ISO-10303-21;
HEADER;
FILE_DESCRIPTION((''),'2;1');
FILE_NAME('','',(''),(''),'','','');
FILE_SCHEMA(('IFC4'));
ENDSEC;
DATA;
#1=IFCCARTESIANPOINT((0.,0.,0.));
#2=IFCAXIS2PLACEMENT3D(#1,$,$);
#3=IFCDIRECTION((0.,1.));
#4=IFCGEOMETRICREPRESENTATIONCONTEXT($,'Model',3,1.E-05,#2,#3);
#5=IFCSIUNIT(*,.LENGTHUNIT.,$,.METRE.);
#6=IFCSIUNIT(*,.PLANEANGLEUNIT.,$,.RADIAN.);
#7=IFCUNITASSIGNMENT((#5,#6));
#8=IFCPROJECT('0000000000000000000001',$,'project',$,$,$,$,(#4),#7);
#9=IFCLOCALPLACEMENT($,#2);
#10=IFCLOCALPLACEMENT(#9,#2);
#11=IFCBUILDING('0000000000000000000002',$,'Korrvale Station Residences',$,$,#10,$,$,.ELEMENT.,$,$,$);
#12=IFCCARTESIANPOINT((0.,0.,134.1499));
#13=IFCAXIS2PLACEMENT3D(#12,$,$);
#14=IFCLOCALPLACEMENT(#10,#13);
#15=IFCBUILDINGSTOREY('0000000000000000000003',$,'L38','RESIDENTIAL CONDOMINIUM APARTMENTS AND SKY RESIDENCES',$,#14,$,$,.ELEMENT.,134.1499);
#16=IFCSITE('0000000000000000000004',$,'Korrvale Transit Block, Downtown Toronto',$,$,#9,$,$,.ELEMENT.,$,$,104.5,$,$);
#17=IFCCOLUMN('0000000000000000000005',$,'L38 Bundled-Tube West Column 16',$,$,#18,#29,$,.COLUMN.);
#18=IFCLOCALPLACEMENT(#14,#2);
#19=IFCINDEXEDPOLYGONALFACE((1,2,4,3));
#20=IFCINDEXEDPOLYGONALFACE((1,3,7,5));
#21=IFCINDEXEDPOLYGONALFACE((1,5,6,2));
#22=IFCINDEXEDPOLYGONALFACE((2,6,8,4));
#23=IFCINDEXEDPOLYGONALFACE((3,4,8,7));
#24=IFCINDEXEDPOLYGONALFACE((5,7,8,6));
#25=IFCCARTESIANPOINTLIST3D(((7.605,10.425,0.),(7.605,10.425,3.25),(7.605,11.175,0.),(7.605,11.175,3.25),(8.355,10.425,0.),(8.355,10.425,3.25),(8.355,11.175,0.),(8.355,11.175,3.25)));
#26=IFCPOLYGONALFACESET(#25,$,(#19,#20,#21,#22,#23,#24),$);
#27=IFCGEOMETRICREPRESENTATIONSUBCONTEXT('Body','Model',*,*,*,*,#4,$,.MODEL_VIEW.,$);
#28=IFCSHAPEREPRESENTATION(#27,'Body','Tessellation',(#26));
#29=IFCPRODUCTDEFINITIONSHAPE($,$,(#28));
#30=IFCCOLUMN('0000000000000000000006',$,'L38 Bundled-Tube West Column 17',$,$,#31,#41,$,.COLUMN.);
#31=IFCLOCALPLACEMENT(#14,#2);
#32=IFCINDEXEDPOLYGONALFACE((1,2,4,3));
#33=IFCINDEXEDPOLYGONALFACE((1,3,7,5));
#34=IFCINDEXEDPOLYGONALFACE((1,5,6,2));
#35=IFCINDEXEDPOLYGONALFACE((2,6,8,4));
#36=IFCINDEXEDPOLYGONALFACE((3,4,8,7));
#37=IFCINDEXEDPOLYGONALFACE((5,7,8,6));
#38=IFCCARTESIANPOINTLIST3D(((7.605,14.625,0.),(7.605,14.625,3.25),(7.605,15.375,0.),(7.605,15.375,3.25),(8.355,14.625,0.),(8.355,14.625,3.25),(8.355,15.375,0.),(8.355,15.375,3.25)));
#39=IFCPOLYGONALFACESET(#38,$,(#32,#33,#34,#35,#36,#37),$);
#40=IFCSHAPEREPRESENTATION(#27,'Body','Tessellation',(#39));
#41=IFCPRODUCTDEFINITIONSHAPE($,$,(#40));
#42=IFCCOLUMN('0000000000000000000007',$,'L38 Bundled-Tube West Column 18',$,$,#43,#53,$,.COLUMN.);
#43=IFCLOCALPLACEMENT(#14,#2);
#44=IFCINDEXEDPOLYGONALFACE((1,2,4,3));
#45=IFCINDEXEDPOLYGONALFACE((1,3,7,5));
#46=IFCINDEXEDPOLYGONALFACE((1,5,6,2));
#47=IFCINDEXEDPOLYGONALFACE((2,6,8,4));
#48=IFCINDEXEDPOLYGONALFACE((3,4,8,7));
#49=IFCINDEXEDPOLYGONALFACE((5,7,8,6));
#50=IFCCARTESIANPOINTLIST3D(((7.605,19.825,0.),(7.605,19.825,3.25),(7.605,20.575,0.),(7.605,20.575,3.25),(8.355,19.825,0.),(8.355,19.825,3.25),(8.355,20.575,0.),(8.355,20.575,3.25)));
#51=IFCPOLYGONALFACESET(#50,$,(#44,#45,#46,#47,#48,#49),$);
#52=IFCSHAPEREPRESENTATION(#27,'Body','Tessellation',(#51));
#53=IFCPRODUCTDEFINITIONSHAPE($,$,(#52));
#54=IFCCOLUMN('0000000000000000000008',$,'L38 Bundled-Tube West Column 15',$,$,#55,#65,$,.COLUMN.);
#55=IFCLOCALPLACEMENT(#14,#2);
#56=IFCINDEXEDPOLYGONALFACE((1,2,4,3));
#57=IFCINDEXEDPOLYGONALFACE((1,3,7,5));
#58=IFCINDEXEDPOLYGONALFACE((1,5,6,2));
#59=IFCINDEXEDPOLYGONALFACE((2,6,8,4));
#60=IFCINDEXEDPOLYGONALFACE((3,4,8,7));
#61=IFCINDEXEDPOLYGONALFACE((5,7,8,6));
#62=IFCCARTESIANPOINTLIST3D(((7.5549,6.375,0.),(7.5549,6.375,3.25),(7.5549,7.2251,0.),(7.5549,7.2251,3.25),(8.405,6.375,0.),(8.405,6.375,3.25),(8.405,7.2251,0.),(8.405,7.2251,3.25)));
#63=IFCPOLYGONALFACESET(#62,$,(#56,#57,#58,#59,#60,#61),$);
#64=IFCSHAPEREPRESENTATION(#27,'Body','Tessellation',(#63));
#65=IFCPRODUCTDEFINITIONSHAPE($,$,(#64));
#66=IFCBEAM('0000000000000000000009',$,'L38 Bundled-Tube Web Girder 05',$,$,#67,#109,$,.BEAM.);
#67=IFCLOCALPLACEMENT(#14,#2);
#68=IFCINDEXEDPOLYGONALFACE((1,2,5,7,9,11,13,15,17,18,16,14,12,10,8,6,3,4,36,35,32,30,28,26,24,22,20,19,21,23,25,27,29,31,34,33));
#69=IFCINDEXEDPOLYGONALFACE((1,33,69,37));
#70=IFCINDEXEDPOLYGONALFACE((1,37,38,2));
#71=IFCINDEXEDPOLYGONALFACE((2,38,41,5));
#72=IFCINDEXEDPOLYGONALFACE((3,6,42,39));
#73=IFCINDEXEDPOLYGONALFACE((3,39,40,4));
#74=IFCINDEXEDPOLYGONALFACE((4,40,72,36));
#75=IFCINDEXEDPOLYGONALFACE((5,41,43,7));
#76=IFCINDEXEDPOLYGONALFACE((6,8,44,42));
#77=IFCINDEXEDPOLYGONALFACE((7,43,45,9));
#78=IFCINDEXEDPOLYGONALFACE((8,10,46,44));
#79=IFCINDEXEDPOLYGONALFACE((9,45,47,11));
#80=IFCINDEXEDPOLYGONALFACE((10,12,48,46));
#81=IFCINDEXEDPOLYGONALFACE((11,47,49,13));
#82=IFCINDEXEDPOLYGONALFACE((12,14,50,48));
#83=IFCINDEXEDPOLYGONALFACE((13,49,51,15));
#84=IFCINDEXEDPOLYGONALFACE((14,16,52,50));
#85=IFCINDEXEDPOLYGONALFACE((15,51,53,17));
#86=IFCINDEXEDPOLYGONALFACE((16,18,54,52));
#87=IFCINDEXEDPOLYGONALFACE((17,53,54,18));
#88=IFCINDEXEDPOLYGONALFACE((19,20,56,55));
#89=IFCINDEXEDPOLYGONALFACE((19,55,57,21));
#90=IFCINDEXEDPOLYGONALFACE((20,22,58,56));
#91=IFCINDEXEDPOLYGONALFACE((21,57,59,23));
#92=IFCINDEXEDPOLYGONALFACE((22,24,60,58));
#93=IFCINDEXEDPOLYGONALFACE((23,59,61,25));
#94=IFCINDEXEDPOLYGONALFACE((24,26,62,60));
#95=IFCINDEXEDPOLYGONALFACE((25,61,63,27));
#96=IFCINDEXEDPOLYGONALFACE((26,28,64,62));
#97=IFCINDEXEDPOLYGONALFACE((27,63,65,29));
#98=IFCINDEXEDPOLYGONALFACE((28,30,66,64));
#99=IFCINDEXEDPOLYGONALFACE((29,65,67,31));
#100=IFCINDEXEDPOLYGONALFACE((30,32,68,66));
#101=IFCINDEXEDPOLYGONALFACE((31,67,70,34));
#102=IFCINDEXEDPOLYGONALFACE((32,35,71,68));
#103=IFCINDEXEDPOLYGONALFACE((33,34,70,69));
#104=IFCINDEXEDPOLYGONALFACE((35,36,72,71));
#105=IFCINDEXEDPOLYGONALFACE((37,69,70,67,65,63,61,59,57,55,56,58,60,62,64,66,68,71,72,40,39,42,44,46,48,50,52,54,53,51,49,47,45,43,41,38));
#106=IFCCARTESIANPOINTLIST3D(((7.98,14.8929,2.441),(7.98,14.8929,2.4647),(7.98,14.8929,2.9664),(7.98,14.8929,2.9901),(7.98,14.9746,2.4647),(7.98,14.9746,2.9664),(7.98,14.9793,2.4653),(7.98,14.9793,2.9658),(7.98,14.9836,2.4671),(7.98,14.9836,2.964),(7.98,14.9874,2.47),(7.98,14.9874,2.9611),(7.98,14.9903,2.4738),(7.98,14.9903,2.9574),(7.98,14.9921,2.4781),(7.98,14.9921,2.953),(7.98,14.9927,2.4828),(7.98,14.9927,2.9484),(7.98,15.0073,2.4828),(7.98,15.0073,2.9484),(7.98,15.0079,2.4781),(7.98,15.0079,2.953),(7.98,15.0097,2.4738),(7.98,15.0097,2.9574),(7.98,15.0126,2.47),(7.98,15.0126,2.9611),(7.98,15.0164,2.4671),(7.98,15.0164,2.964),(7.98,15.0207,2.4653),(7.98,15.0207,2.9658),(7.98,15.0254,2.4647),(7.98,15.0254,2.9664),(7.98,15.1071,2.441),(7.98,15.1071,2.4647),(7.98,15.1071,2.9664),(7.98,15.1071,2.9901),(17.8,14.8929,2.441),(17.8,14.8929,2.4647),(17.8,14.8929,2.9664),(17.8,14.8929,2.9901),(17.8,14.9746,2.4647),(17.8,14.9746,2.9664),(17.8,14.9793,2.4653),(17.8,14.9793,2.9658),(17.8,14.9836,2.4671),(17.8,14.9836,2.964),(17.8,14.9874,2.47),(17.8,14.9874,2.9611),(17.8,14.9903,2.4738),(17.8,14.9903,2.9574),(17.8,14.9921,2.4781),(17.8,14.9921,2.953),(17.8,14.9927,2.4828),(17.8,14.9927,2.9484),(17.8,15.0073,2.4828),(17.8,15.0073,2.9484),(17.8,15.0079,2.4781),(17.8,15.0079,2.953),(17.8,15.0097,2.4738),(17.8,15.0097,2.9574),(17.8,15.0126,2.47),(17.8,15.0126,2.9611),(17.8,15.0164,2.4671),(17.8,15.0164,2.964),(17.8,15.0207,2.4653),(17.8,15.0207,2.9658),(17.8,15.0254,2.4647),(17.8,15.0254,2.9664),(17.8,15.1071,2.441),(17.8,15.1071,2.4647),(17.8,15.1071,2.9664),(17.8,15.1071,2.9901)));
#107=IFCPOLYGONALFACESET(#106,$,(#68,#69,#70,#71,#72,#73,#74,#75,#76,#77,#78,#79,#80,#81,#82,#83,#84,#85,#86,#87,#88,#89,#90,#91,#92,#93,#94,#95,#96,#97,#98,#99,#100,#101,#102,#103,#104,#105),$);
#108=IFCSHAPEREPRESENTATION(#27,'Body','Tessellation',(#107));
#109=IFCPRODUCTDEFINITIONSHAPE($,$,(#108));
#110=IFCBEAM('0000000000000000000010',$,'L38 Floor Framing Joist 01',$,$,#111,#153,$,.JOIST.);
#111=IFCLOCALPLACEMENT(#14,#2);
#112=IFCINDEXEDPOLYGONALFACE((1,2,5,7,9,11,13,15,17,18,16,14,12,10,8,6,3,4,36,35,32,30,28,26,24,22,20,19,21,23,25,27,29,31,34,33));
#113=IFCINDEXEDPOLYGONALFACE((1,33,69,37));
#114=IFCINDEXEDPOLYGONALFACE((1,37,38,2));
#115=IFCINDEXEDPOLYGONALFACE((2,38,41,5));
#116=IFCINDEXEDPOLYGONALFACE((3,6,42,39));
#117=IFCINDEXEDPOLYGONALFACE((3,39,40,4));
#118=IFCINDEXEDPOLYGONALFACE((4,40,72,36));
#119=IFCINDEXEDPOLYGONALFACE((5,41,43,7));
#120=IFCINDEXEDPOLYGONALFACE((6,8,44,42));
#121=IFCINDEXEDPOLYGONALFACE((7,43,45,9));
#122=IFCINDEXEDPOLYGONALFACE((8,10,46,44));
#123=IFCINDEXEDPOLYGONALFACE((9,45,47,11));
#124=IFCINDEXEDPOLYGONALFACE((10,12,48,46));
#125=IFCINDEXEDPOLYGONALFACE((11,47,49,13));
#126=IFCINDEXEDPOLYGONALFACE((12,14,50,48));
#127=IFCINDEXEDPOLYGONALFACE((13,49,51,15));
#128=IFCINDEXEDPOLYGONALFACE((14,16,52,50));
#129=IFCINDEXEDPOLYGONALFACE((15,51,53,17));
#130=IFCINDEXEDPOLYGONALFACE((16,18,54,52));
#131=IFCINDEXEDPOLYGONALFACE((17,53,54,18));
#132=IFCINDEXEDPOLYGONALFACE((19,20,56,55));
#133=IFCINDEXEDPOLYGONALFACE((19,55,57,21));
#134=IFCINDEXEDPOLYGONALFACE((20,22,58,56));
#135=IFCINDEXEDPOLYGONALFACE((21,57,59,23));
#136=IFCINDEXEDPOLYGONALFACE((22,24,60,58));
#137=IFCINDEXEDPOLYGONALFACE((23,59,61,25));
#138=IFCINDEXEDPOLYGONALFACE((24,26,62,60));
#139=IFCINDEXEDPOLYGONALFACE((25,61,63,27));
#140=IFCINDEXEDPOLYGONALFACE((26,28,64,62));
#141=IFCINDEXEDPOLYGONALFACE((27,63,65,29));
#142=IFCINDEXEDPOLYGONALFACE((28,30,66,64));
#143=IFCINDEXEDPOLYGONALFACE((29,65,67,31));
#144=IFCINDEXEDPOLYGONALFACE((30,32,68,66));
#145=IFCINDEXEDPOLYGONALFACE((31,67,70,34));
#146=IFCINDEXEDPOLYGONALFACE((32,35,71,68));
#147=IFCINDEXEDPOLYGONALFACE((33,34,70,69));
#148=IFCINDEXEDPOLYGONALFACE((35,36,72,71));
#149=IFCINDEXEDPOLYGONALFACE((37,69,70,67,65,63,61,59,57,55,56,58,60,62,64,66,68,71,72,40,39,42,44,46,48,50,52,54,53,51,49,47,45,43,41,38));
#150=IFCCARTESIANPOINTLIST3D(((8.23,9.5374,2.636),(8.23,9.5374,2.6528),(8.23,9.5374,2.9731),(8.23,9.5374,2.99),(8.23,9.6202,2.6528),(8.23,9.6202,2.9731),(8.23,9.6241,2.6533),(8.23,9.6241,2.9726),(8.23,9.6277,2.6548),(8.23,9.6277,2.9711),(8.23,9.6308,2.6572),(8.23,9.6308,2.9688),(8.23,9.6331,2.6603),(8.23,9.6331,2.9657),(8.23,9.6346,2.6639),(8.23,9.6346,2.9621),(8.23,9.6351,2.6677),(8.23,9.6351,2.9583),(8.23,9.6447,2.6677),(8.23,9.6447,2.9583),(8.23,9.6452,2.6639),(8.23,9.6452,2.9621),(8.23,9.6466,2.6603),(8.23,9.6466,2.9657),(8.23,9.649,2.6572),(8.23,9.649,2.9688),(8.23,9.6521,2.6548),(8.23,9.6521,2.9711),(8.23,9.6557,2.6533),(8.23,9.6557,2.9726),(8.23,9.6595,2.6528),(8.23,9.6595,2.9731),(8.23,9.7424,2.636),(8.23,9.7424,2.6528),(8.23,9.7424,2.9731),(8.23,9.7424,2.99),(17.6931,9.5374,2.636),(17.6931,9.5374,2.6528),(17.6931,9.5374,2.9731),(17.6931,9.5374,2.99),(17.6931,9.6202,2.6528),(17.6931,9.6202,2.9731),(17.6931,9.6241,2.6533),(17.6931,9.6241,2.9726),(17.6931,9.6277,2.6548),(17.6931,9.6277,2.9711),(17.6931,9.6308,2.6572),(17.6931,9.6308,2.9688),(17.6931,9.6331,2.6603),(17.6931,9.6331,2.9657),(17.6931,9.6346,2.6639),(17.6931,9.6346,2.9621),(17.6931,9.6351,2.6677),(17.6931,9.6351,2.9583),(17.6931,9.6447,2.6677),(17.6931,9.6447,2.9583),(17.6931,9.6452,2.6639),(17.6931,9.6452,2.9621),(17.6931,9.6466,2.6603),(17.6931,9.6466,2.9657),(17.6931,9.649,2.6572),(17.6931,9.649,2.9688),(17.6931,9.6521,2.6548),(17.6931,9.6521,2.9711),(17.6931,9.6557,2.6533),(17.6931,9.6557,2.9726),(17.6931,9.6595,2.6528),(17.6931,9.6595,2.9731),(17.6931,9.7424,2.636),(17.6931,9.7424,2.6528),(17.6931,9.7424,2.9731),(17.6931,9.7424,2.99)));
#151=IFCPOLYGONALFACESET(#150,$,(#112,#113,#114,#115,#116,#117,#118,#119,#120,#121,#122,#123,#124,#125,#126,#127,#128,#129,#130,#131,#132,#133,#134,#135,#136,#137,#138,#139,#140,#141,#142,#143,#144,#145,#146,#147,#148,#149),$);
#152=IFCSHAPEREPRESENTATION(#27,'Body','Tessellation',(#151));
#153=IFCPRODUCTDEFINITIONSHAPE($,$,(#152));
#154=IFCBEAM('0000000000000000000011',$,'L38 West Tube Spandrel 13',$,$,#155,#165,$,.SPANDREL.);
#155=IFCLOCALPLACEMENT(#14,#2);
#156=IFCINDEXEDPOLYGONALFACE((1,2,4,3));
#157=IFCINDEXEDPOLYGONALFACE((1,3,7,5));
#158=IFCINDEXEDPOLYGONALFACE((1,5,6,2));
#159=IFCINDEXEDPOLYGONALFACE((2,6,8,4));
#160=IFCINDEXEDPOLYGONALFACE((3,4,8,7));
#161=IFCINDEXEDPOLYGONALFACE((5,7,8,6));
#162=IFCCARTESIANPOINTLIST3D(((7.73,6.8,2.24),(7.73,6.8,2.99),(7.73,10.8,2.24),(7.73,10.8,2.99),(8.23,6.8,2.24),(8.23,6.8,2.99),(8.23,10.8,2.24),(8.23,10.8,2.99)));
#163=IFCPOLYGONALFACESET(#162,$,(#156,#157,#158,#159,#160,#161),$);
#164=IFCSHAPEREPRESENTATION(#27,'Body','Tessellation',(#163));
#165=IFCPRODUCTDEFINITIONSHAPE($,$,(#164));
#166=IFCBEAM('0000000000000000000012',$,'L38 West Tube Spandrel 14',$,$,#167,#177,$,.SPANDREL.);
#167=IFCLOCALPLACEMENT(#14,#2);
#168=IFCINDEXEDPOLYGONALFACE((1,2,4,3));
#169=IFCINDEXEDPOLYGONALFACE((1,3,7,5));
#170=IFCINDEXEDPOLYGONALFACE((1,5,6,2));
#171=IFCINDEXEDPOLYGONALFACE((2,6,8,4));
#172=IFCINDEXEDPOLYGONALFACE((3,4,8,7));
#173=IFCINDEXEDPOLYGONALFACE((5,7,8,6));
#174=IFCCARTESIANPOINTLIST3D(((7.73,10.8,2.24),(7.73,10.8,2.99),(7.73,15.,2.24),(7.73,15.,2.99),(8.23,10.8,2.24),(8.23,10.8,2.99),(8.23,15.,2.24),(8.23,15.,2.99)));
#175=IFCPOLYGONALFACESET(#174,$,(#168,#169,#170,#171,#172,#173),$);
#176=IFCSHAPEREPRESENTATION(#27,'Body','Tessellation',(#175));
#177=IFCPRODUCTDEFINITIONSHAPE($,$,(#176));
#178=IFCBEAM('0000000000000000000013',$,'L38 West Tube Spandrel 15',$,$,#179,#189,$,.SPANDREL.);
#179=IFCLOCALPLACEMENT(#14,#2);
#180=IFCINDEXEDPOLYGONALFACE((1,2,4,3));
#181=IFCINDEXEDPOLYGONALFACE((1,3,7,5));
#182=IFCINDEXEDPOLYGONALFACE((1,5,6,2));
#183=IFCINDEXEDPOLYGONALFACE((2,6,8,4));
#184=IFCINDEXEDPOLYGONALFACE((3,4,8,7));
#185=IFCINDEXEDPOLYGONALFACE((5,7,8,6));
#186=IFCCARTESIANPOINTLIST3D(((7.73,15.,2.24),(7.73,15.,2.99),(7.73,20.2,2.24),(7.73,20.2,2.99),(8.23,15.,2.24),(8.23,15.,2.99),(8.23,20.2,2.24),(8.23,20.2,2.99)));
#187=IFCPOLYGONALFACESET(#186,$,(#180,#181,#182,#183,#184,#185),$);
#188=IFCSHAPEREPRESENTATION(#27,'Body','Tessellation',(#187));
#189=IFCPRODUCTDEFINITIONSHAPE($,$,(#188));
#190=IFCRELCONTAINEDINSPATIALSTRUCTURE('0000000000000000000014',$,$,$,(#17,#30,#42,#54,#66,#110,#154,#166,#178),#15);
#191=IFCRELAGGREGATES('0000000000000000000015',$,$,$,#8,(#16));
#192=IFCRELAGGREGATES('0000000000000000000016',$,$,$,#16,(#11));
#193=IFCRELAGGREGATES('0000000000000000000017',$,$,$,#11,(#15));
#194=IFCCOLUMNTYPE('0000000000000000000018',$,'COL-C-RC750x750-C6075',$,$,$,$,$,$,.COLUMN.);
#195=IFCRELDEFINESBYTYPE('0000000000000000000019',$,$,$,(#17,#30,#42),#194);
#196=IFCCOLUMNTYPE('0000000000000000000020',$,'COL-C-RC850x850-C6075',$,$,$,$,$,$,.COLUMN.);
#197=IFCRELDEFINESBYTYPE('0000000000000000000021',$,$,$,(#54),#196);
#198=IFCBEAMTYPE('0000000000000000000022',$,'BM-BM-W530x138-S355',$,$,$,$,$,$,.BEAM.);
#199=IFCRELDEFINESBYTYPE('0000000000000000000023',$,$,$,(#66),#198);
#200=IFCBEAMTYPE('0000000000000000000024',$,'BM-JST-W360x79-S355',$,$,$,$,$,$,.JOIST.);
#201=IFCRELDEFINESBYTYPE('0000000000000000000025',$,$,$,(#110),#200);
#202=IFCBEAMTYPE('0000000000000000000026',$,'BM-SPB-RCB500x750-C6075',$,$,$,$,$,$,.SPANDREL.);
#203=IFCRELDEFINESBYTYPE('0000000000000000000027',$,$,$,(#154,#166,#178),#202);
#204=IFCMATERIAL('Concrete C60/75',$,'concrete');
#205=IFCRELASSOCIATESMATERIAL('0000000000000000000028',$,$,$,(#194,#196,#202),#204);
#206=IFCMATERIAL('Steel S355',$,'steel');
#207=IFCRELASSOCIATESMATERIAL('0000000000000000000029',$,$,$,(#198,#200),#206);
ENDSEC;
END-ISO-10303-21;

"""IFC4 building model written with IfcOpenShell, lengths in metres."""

from ifc_helpers import new_model, si_unit, direction, frame, origin, origin_2d, place, context, subcontext, project, spatial, rectangle, i_section, extrude, material, material_profile, profile_set, type_object, element, save


model = new_model("IFC4")

# Units and contexts
model_context = context("Model", 3, precision=1e-05, world=origin(), true_north=direction((0.0, 1.0)))
body_context = subcontext(model_context, "Body", "Model", "MODEL_VIEW")
ifc_project = project(units=[si_unit("LENGTHUNIT", "METRE"), si_unit("PLANEANGLEUNIT", "RADIAN")], contexts=[model_context])

# Site, building, storey
site_placement = place(None, origin())
site = spatial("IfcSite", under=ifc_project, at=site_placement, Name="Korrvale Transit Block, Downtown Toronto", CompositionType="ELEMENT", RefElevation=104.5)
building_placement = place(site_placement, origin())
building = spatial("IfcBuilding", under=site, at=building_placement, Name="Korrvale Station Residences", CompositionType="ELEMENT")
storey_placement = place(building_placement, frame((0.0, 0.0, 134.1499)))
storey = spatial("IfcBuildingStorey", under=building, at=storey_placement, Name="L38", Description="RESIDENTIAL CONDOMINIUM APARTMENTS AND SKY RESIDENCES", CompositionType="ELEMENT", Elevation=134.1499)

# Columns
ifc_material_1 = material(Name="Concrete C60/75", Category="concrete")
ifc_material_profile_1 = material_profile(ifc_material_1, rectangle(XDim=0.75, YDim=0.75, at=origin_2d()), Name="RC750x750")
ifc_profile_set_1 = profile_set([ifc_material_profile_1], Name="Concrete C60/75")
column_type_1 = type_object("IfcColumnType", Name="COL-C-RC750x750-C6075", PredefinedType="COLUMN", material=ifc_profile_set_1)
for number, where, z_axis, x_axis, name in (
    (1, (7.98, 10.8, 0.0), (0.0, 0.0, 1.0), (1.0, 0.0, 0.0), "L38 Bundled-Tube West Column 16"),
    (2, (7.98, 15.0, 0.0), (0.0, 0.0, 1.0), (1.0, 0.0, 0.0), "L38 Bundled-Tube West Column 17"),
    (3, (7.98, 20.2, 0.0), (0.0, 0.0, 1.0), (1.0, 0.0, 0.0), "L38 Bundled-Tube West Column 18"),
):
    element("IfcColumn", number, at=place(storey_placement, frame(where, z_axis=z_axis, x_axis=x_axis)), inside=storey, type_object=column_type_1, Name=name, PredefinedType="COLUMN", context=body_context, shape_type="SweptSolid", body=[
        extrude(rectangle(XDim=0.75, YDim=0.75, at=origin_2d()), origin(), (0.0, 0.0, 1.0), 3.25),
    ])
ifc_material_profile_2 = material_profile(ifc_material_1, rectangle(XDim=0.8501, YDim=0.8501, at=origin_2d()), Name="RC850x850")
ifc_profile_set_2 = profile_set([ifc_material_profile_2], Name="Concrete C60/75")
column_type_2 = type_object("IfcColumnType", Name="COL-C-RC850x850-C6075", PredefinedType="COLUMN", material=ifc_profile_set_2)
column_placement = place(storey_placement, frame((7.98, 6.8, 0.0), z_axis=(0.0, 0.0, 1.0), x_axis=(1.0, 0.0, 0.0)))
element("IfcColumn", 4, at=column_placement, inside=storey, type_object=column_type_2, Name="L38 Bundled-Tube West Column 15", PredefinedType="COLUMN", context=body_context, shape_type="SweptSolid", body=[
    extrude(rectangle(XDim=0.8501, YDim=0.8501, at=origin_2d()), origin(), (0.0, 0.0, 1.0), 3.25),
])

# Beams
ifc_material_2 = material(Name="Steel S355", Category="steel")
ifc_material_profile_3 = material_profile(ifc_material_2, i_section(OverallWidth=0.2141, OverallDepth=0.5491, WebThickness=0.0146, FlangeThickness=0.0237, FilletRadius=0.0181, at=origin_2d()), Name="W530x138")
ifc_profile_set_3 = profile_set([ifc_material_profile_3], Name="Steel S355")
beam_type_1 = type_object("IfcBeamType", Name="BM-BM-W530x138-S355", PredefinedType="BEAM", material=ifc_profile_set_3)
beam_1_placement = place(storey_placement, frame((7.98, 15.0, 2.7156), z_axis=(1.0, 0.0, 0.0), x_axis=(0.0, 1.0, 0.0)))
element("IfcBeam", 5, at=beam_1_placement, inside=storey, type_object=beam_type_1, Name="L38 Bundled-Tube Web Girder 05", PredefinedType="BEAM", context=body_context, shape_type="SweptSolid", body=[
    extrude(i_section(OverallWidth=0.2141, OverallDepth=0.5491, WebThickness=0.0146, FlangeThickness=0.0237, FilletRadius=0.0181, at=origin_2d()), origin(), (0.0, 0.0, 1.0), 9.8201),
])
ifc_material_profile_4 = material_profile(ifc_material_2, i_section(OverallWidth=0.2051, OverallDepth=0.354, WebThickness=0.0095, FlangeThickness=0.0168, FilletRadius=0.0149, at=origin_2d()), Name="W360x79")
ifc_profile_set_4 = profile_set([ifc_material_profile_4], Name="Steel S355")
beam_type_2 = type_object("IfcBeamType", Name="BM-JST-W360x79-S355", PredefinedType="JOIST", material=ifc_profile_set_4)
beam_2_placement = place(storey_placement, frame((8.23, 9.6399, 2.813), z_axis=(1.0, 0.0, 0.0), x_axis=(0.0, 1.0, 0.0)))
element("IfcBeam", 6, at=beam_2_placement, inside=storey, type_object=beam_type_2, Name="L38 Floor Framing Joist 01", PredefinedType="JOIST", context=body_context, shape_type="SweptSolid", body=[
    extrude(i_section(OverallWidth=0.2051, OverallDepth=0.354, WebThickness=0.0095, FlangeThickness=0.0168, FilletRadius=0.0149, at=origin_2d()), origin(), (0.0, 0.0, 1.0), 9.4631),
])
ifc_material_profile_5 = material_profile(ifc_material_1, rectangle(XDim=0.5, YDim=0.75, at=origin_2d()), Name="RCB500x750")
ifc_profile_set_5 = profile_set([ifc_material_profile_5], Name="Concrete C60/75")
beam_type_3 = type_object("IfcBeamType", Name="BM-SPB-RCB500x750-C6075", PredefinedType="SPANDREL", material=ifc_profile_set_5)
beam_3_placement = place(storey_placement, frame((7.98, 6.8, 2.615), z_axis=(0.0, 1.0, 0.0), x_axis=(-1.0, 0.0, 0.0)))
element("IfcBeam", 7, at=beam_3_placement, inside=storey, type_object=beam_type_3, Name="L38 West Tube Spandrel 13", PredefinedType="SPANDREL", context=body_context, shape_type="SweptSolid", body=[
    extrude(rectangle(XDim=0.5, YDim=0.75, at=origin_2d()), origin(), (0.0, 0.0, 1.0), 4.0),
])
beam_4_placement = place(storey_placement, frame((7.98, 10.8, 2.615), z_axis=(0.0, 1.0, 0.0), x_axis=(-1.0, 0.0, 0.0)))
element("IfcBeam", 8, at=beam_4_placement, inside=storey, type_object=beam_type_3, Name="L38 West Tube Spandrel 14", PredefinedType="SPANDREL", context=body_context, shape_type="SweptSolid", body=[
    extrude(rectangle(XDim=0.5, YDim=0.75, at=origin_2d()), origin(), (0.0, 0.0, 1.0), 4.2),
])
beam_5_placement = place(storey_placement, frame((7.98, 15.0, 2.615), z_axis=(0.0, 1.0, 0.0), x_axis=(-1.0, 0.0, 0.0)))
element("IfcBeam", 9, at=beam_5_placement, inside=storey, type_object=beam_type_3, Name="L38 West Tube Spandrel 15", PredefinedType="SPANDREL", context=body_context, shape_type="SweptSolid", body=[
    extrude(rectangle(XDim=0.5, YDim=0.75, at=origin_2d()), origin(), (0.0, 0.0, 1.0), 5.2),
])

save(model, "model.ifc")
